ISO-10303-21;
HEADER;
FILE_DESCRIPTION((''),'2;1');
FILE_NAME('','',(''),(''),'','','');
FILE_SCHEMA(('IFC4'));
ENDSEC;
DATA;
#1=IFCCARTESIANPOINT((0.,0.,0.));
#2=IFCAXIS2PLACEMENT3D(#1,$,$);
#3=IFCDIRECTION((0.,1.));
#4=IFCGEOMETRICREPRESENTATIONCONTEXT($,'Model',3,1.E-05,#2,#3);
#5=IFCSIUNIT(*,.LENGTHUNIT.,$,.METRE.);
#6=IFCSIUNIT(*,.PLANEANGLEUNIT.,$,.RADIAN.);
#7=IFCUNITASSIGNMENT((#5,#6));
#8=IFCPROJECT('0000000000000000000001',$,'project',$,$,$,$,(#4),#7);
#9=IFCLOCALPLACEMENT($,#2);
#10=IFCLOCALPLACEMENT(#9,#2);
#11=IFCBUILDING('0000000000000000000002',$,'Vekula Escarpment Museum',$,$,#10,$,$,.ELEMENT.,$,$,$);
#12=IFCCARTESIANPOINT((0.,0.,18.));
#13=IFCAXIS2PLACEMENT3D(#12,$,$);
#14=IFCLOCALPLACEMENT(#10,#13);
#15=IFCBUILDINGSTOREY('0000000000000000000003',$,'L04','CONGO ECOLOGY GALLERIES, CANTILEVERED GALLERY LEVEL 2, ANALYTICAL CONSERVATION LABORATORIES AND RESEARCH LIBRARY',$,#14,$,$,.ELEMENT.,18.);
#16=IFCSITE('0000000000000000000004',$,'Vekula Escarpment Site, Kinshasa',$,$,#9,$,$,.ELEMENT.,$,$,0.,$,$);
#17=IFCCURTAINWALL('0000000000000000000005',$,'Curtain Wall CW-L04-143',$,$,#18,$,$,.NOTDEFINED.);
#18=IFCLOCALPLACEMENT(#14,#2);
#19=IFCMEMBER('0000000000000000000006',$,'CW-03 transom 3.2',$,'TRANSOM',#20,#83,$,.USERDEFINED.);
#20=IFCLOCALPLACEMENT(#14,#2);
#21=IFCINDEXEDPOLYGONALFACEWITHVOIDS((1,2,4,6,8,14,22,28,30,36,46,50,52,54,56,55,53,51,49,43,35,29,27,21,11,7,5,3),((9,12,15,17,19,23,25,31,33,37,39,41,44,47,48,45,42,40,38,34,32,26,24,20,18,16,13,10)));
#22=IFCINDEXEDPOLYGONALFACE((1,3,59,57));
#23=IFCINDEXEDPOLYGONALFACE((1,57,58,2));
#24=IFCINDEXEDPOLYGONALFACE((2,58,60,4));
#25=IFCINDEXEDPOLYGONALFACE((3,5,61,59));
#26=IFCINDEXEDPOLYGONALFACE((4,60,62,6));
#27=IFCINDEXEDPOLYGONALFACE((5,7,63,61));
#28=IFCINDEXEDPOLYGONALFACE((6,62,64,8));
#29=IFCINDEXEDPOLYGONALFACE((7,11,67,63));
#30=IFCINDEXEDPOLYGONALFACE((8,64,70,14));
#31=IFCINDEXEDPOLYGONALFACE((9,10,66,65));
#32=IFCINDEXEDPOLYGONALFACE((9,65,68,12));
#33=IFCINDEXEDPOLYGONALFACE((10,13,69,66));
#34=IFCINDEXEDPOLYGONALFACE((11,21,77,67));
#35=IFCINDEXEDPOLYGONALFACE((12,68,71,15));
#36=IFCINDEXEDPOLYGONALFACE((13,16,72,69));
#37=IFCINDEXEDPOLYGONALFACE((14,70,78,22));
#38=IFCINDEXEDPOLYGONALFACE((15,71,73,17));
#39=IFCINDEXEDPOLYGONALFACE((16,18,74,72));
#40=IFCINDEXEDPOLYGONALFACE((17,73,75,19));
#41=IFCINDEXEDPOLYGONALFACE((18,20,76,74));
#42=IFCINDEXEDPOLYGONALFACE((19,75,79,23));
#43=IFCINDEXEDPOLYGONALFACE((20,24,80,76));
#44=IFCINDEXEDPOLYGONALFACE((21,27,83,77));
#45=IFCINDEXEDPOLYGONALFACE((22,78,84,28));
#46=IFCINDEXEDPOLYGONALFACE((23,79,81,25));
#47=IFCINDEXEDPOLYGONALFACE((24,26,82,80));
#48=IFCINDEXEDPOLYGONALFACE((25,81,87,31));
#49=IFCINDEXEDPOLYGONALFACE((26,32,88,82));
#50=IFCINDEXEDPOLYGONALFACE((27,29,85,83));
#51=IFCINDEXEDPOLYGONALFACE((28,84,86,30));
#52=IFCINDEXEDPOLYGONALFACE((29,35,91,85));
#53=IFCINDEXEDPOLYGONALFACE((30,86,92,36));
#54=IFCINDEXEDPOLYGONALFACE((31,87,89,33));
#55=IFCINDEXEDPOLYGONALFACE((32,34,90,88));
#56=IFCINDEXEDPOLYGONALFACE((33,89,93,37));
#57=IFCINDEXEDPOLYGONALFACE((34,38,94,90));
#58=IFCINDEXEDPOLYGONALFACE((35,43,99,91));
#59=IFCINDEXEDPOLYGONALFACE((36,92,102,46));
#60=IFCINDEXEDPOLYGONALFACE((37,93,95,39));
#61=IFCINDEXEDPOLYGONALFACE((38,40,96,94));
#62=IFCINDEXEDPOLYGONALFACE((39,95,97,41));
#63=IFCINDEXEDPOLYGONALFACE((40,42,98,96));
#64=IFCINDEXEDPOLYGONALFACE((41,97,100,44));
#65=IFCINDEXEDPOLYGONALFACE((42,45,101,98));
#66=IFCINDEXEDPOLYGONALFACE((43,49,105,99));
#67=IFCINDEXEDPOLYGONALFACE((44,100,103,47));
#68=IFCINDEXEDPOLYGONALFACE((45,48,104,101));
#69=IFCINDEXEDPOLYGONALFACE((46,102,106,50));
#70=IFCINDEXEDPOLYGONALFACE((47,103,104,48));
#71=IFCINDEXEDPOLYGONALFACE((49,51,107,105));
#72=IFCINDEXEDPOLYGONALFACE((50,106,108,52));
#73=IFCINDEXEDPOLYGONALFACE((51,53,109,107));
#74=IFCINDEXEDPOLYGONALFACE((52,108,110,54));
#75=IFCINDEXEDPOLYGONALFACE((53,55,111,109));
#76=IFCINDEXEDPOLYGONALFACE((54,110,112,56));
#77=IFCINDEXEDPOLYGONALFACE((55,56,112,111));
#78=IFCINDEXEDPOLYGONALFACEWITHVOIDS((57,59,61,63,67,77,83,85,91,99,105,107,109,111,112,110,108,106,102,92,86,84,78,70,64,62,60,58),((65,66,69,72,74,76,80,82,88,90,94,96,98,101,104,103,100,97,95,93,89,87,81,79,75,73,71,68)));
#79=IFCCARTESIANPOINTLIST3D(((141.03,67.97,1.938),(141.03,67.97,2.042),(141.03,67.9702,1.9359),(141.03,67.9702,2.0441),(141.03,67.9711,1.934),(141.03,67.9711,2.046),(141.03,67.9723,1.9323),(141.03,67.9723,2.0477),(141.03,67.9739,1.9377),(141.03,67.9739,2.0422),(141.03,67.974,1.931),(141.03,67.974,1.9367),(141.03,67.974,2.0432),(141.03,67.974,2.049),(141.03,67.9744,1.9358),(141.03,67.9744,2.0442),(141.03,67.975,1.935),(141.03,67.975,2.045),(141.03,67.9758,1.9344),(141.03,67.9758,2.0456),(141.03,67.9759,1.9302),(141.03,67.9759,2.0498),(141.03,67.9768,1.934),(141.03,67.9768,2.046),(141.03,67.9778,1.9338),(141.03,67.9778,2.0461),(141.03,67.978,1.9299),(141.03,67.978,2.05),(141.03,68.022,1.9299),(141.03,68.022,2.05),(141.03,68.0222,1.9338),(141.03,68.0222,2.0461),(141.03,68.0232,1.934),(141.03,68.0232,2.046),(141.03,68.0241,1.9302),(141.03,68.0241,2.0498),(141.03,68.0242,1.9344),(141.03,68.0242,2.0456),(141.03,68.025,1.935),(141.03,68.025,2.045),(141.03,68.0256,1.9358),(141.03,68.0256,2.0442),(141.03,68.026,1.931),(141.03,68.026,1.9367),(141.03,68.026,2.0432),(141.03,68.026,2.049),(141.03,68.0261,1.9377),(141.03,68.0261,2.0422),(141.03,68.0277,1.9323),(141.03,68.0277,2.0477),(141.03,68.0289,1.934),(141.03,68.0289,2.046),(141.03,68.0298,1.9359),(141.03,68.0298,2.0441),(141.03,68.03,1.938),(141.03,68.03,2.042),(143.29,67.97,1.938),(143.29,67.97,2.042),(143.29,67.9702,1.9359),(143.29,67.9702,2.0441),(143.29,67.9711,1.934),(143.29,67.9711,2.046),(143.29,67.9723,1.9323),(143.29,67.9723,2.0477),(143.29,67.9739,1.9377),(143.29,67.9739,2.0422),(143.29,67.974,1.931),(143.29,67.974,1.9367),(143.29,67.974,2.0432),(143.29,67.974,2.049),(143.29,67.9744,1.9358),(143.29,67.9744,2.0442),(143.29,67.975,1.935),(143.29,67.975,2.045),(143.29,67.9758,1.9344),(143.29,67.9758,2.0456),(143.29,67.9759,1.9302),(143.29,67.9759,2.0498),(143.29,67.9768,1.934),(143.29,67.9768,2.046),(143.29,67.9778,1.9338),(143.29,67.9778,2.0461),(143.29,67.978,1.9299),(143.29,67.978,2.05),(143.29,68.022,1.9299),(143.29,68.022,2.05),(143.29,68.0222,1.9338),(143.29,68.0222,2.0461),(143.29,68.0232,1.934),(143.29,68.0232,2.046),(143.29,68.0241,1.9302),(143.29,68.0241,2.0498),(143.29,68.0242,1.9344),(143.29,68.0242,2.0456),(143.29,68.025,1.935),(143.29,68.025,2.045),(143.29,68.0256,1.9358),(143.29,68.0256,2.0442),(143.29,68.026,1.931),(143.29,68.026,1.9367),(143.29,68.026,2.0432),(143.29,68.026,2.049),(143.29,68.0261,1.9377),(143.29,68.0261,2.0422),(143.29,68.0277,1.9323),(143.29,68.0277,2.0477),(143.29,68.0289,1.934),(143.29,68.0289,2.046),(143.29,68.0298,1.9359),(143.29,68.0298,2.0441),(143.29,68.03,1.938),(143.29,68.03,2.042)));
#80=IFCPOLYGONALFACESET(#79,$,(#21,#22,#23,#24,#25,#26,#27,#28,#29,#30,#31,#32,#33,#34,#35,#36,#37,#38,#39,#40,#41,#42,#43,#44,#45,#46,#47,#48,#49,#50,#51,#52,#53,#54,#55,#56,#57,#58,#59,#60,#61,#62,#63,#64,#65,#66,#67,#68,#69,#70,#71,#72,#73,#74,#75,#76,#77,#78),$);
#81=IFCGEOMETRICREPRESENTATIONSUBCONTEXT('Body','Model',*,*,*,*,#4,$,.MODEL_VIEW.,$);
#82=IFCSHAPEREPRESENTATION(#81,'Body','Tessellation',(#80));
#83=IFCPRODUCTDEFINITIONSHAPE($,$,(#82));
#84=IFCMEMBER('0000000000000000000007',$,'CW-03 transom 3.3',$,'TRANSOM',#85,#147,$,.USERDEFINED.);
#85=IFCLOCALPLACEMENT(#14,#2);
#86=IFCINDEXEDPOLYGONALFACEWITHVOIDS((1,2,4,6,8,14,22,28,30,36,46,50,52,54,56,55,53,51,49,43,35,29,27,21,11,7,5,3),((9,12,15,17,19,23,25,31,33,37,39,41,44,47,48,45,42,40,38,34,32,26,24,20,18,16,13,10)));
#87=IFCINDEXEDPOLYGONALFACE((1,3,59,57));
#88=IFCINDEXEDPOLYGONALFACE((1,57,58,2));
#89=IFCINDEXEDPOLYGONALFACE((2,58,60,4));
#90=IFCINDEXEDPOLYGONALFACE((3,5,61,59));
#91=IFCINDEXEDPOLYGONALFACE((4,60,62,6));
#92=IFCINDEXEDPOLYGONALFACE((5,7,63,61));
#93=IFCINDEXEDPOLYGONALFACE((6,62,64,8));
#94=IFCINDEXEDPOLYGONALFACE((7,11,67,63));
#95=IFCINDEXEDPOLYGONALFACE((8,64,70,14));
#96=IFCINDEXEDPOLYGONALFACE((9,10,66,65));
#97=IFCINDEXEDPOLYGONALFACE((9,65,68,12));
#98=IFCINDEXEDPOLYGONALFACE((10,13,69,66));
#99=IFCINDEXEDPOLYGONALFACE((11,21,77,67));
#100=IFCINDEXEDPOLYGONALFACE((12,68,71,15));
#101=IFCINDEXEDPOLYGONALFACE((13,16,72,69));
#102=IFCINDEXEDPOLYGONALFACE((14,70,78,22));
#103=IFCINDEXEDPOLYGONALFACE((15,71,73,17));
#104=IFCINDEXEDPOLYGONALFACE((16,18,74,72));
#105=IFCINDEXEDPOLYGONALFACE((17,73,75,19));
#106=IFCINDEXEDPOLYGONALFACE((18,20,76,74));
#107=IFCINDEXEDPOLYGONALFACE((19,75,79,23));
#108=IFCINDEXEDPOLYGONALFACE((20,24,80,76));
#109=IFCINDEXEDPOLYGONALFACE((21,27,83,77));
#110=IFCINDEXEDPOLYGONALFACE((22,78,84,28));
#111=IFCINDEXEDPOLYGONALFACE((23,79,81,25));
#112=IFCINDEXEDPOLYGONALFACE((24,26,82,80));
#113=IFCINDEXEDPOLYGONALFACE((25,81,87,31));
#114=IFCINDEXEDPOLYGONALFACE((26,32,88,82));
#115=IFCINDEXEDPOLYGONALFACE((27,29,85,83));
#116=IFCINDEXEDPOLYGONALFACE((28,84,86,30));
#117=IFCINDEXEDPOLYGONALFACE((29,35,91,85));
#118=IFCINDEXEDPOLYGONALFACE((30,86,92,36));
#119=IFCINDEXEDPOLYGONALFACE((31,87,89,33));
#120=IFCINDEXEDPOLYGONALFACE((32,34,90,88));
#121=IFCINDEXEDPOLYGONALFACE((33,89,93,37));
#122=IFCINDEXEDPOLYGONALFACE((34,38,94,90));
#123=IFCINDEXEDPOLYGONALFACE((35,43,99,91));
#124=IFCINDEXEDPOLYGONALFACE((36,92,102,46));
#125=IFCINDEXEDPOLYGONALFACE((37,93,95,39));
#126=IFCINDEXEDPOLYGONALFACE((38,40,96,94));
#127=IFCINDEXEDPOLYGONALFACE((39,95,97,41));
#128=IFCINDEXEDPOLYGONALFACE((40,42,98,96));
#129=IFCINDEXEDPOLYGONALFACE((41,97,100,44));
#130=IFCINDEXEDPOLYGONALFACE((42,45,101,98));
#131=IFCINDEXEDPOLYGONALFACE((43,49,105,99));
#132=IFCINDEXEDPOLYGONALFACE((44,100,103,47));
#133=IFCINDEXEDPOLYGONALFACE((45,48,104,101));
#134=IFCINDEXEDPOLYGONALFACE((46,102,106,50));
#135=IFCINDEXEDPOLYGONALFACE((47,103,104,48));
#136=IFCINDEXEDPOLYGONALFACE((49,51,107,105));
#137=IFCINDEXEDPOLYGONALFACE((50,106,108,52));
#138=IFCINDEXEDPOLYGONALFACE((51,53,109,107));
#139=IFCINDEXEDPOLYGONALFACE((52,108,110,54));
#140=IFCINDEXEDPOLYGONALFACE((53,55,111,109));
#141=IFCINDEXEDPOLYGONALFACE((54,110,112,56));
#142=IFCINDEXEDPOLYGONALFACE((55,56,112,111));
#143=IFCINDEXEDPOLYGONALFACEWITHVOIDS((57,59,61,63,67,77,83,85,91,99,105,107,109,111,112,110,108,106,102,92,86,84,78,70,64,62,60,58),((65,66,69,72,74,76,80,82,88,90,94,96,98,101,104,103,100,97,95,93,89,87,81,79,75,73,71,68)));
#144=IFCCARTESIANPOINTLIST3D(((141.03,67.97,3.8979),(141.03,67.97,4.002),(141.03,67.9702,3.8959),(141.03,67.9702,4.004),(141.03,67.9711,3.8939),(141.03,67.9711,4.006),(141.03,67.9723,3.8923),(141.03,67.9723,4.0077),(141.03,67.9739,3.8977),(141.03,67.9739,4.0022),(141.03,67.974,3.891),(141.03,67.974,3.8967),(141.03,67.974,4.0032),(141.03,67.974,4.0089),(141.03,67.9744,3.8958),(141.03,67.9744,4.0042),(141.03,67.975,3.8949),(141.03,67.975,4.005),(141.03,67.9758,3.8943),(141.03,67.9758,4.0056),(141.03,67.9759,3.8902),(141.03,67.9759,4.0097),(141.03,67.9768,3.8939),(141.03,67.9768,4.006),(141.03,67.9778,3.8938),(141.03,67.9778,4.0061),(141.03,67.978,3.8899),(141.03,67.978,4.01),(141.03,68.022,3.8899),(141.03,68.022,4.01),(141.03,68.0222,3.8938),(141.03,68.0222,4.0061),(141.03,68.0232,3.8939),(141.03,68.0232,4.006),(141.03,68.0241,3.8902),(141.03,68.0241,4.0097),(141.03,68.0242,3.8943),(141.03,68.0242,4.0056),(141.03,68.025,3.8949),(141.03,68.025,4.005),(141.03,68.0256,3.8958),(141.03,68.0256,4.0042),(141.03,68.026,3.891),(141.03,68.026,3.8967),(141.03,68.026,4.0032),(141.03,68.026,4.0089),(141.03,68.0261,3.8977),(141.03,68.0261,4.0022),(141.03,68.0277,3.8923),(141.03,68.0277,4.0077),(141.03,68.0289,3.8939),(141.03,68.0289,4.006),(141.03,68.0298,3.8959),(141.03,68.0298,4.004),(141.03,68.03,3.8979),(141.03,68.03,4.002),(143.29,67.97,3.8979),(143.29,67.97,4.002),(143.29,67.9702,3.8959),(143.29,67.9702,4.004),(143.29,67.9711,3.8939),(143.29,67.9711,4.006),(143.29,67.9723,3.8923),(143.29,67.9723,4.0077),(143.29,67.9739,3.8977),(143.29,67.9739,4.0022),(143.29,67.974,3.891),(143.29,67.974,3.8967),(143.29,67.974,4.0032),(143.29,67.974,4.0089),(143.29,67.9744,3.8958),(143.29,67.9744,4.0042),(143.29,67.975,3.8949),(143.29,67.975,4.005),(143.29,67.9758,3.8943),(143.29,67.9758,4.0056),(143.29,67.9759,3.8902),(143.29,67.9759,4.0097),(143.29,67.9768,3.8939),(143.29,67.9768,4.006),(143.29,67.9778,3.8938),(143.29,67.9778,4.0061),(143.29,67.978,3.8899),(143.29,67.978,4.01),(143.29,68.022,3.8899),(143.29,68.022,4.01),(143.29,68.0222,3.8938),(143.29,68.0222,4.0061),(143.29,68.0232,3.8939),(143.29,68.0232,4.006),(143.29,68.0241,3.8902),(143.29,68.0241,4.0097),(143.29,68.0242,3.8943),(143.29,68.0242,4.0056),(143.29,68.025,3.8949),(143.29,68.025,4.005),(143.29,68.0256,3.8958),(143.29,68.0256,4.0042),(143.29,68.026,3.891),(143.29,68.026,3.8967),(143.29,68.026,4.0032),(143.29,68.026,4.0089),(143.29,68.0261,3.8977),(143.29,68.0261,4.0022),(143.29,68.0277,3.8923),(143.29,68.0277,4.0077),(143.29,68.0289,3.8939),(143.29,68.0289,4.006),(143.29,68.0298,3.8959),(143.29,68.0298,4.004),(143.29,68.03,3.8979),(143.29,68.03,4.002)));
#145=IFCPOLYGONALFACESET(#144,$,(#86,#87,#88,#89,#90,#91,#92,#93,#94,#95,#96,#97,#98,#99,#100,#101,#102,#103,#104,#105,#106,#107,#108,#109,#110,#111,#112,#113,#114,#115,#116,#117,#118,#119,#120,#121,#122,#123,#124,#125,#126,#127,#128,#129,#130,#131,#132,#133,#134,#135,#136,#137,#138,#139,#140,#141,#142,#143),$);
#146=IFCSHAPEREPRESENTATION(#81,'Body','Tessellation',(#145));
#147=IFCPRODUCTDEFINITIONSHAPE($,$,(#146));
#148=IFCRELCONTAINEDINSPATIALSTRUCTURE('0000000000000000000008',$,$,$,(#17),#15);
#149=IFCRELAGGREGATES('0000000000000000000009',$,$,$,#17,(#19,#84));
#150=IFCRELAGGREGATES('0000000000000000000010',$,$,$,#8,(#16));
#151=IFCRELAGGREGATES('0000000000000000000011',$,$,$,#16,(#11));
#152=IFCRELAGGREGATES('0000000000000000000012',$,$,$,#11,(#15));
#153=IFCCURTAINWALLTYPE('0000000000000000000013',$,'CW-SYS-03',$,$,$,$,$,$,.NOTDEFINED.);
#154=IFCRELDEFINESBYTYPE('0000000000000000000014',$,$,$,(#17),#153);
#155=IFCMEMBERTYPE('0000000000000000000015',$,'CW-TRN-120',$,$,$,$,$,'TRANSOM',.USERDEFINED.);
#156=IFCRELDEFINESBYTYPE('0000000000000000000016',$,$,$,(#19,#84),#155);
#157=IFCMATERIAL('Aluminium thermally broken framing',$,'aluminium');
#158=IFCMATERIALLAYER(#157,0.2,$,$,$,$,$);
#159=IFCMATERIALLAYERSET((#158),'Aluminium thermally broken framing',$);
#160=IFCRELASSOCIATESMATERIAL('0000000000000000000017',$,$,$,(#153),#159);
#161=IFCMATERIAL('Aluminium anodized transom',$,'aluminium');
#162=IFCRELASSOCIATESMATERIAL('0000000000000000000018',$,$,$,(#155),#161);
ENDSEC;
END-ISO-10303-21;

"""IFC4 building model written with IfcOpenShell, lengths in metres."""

from ifc_helpers import new_model, si_unit, direction, frame, origin, origin_2d, place, context, subcontext, project, spatial, hollow_rectangle, extrude, material, layer, layer_set, material_profile, profile_set, type_object, element, aggregate, save


model = new_model("IFC4")

# Units and contexts
model_context = context("Model", 3, precision=1e-05, world=origin(), true_north=direction((0.0, 1.0)))
body_context = subcontext(model_context, "Body", "Model", "MODEL_VIEW")
ifc_project = project(units=[si_unit("LENGTHUNIT", "METRE"), si_unit("PLANEANGLEUNIT", "RADIAN")], contexts=[model_context])

# Site, building, storey
site_placement = place(None, origin())
site = spatial("IfcSite", under=ifc_project, at=site_placement, Name="Vekula Escarpment Site, Kinshasa", CompositionType="ELEMENT", RefElevation=0.0)
building_placement = place(site_placement, origin())
building = spatial("IfcBuilding", under=site, at=building_placement, Name="Vekula Escarpment Museum", CompositionType="ELEMENT")
storey_placement = place(building_placement, frame((0.0, 0.0, 18.0)))
storey = spatial("IfcBuildingStorey", under=building, at=storey_placement, Name="L04", Description="CONGO ECOLOGY GALLERIES, CANTILEVERED GALLERY LEVEL 2, ANALYTICAL CONSERVATION LABORATORIES AND RESEARCH LIBRARY", CompositionType="ELEMENT", Elevation=18.0)

# Curtain wall, members
ifc_material_1 = material(Name="Aluminium thermally broken framing", Category="aluminium")
ifc_layer_1 = layer(ifc_material_1, 0.2)
ifc_layer_set_1 = layer_set([ifc_layer_1], Name="Aluminium thermally broken framing")
curtain_wall_type = type_object("IfcCurtainWallType", Name="CW-SYS-03", PredefinedType="NOTDEFINED", material=ifc_layer_set_1)
curtain_wall_placement = place(storey_placement, origin())
curtain_wall = element("IfcCurtainWall", 1, at=curtain_wall_placement, inside=storey, type_object=curtain_wall_type, Name="Curtain Wall CW-L04-143", PredefinedType="NOTDEFINED")
ifc_material_2 = material(Name="Aluminium anodized transom", Category="aluminium")
ifc_material_profile_1 = material_profile(ifc_material_2, hollow_rectangle(XDim=0.0601, YDim=0.1201, WallThickness=0.0039, InnerFilletRadius=0.0039, OuterFilletRadius=0.0081, at=origin_2d()), Name="ALU 120x60x4")
ifc_profile_set_1 = profile_set([ifc_material_profile_1], Name="Aluminium anodized transom")
member_type_1 = type_object("IfcMemberType", Name="CW-TRN-120", ElementType="TRANSOM", PredefinedType="USERDEFINED", material=ifc_profile_set_1)
member_1_placement = place(storey_placement, frame((141.03, 68.0, 1.99), z_axis=(1.0, 0.0, 0.0), x_axis=(0.0, 1.0, 0.0)))
member_1 = element("IfcMember", 2, at=member_1_placement, type_object=member_type_1, Name="CW-03 transom 3.2", ObjectType="TRANSOM", PredefinedType="USERDEFINED", context=body_context, shape_type="SweptSolid", body=[
    extrude(hollow_rectangle(XDim=0.0601, YDim=0.1201, WallThickness=0.0039, InnerFilletRadius=0.0039, OuterFilletRadius=0.0081, at=origin_2d()), origin(), (0.0, 0.0, 1.0), 2.26),
])
member_2_placement = place(storey_placement, frame((141.03, 68.0, 3.95), z_axis=(1.0, 0.0, 0.0), x_axis=(0.0, 1.0, 0.0)))
member_2 = element("IfcMember", 3, at=member_2_placement, type_object=member_type_1, Name="CW-03 transom 3.3", ObjectType="TRANSOM", PredefinedType="USERDEFINED", context=body_context, shape_type="SweptSolid", body=[
    extrude(hollow_rectangle(XDim=0.0601, YDim=0.1201, WallThickness=0.0039, InnerFilletRadius=0.0039, OuterFilletRadius=0.0081, at=origin_2d()), origin(), (0.0, 0.0, 1.0), 2.26),
])

aggregate(curtain_wall, [member_1, member_2])

save(model, "model.ifc")
